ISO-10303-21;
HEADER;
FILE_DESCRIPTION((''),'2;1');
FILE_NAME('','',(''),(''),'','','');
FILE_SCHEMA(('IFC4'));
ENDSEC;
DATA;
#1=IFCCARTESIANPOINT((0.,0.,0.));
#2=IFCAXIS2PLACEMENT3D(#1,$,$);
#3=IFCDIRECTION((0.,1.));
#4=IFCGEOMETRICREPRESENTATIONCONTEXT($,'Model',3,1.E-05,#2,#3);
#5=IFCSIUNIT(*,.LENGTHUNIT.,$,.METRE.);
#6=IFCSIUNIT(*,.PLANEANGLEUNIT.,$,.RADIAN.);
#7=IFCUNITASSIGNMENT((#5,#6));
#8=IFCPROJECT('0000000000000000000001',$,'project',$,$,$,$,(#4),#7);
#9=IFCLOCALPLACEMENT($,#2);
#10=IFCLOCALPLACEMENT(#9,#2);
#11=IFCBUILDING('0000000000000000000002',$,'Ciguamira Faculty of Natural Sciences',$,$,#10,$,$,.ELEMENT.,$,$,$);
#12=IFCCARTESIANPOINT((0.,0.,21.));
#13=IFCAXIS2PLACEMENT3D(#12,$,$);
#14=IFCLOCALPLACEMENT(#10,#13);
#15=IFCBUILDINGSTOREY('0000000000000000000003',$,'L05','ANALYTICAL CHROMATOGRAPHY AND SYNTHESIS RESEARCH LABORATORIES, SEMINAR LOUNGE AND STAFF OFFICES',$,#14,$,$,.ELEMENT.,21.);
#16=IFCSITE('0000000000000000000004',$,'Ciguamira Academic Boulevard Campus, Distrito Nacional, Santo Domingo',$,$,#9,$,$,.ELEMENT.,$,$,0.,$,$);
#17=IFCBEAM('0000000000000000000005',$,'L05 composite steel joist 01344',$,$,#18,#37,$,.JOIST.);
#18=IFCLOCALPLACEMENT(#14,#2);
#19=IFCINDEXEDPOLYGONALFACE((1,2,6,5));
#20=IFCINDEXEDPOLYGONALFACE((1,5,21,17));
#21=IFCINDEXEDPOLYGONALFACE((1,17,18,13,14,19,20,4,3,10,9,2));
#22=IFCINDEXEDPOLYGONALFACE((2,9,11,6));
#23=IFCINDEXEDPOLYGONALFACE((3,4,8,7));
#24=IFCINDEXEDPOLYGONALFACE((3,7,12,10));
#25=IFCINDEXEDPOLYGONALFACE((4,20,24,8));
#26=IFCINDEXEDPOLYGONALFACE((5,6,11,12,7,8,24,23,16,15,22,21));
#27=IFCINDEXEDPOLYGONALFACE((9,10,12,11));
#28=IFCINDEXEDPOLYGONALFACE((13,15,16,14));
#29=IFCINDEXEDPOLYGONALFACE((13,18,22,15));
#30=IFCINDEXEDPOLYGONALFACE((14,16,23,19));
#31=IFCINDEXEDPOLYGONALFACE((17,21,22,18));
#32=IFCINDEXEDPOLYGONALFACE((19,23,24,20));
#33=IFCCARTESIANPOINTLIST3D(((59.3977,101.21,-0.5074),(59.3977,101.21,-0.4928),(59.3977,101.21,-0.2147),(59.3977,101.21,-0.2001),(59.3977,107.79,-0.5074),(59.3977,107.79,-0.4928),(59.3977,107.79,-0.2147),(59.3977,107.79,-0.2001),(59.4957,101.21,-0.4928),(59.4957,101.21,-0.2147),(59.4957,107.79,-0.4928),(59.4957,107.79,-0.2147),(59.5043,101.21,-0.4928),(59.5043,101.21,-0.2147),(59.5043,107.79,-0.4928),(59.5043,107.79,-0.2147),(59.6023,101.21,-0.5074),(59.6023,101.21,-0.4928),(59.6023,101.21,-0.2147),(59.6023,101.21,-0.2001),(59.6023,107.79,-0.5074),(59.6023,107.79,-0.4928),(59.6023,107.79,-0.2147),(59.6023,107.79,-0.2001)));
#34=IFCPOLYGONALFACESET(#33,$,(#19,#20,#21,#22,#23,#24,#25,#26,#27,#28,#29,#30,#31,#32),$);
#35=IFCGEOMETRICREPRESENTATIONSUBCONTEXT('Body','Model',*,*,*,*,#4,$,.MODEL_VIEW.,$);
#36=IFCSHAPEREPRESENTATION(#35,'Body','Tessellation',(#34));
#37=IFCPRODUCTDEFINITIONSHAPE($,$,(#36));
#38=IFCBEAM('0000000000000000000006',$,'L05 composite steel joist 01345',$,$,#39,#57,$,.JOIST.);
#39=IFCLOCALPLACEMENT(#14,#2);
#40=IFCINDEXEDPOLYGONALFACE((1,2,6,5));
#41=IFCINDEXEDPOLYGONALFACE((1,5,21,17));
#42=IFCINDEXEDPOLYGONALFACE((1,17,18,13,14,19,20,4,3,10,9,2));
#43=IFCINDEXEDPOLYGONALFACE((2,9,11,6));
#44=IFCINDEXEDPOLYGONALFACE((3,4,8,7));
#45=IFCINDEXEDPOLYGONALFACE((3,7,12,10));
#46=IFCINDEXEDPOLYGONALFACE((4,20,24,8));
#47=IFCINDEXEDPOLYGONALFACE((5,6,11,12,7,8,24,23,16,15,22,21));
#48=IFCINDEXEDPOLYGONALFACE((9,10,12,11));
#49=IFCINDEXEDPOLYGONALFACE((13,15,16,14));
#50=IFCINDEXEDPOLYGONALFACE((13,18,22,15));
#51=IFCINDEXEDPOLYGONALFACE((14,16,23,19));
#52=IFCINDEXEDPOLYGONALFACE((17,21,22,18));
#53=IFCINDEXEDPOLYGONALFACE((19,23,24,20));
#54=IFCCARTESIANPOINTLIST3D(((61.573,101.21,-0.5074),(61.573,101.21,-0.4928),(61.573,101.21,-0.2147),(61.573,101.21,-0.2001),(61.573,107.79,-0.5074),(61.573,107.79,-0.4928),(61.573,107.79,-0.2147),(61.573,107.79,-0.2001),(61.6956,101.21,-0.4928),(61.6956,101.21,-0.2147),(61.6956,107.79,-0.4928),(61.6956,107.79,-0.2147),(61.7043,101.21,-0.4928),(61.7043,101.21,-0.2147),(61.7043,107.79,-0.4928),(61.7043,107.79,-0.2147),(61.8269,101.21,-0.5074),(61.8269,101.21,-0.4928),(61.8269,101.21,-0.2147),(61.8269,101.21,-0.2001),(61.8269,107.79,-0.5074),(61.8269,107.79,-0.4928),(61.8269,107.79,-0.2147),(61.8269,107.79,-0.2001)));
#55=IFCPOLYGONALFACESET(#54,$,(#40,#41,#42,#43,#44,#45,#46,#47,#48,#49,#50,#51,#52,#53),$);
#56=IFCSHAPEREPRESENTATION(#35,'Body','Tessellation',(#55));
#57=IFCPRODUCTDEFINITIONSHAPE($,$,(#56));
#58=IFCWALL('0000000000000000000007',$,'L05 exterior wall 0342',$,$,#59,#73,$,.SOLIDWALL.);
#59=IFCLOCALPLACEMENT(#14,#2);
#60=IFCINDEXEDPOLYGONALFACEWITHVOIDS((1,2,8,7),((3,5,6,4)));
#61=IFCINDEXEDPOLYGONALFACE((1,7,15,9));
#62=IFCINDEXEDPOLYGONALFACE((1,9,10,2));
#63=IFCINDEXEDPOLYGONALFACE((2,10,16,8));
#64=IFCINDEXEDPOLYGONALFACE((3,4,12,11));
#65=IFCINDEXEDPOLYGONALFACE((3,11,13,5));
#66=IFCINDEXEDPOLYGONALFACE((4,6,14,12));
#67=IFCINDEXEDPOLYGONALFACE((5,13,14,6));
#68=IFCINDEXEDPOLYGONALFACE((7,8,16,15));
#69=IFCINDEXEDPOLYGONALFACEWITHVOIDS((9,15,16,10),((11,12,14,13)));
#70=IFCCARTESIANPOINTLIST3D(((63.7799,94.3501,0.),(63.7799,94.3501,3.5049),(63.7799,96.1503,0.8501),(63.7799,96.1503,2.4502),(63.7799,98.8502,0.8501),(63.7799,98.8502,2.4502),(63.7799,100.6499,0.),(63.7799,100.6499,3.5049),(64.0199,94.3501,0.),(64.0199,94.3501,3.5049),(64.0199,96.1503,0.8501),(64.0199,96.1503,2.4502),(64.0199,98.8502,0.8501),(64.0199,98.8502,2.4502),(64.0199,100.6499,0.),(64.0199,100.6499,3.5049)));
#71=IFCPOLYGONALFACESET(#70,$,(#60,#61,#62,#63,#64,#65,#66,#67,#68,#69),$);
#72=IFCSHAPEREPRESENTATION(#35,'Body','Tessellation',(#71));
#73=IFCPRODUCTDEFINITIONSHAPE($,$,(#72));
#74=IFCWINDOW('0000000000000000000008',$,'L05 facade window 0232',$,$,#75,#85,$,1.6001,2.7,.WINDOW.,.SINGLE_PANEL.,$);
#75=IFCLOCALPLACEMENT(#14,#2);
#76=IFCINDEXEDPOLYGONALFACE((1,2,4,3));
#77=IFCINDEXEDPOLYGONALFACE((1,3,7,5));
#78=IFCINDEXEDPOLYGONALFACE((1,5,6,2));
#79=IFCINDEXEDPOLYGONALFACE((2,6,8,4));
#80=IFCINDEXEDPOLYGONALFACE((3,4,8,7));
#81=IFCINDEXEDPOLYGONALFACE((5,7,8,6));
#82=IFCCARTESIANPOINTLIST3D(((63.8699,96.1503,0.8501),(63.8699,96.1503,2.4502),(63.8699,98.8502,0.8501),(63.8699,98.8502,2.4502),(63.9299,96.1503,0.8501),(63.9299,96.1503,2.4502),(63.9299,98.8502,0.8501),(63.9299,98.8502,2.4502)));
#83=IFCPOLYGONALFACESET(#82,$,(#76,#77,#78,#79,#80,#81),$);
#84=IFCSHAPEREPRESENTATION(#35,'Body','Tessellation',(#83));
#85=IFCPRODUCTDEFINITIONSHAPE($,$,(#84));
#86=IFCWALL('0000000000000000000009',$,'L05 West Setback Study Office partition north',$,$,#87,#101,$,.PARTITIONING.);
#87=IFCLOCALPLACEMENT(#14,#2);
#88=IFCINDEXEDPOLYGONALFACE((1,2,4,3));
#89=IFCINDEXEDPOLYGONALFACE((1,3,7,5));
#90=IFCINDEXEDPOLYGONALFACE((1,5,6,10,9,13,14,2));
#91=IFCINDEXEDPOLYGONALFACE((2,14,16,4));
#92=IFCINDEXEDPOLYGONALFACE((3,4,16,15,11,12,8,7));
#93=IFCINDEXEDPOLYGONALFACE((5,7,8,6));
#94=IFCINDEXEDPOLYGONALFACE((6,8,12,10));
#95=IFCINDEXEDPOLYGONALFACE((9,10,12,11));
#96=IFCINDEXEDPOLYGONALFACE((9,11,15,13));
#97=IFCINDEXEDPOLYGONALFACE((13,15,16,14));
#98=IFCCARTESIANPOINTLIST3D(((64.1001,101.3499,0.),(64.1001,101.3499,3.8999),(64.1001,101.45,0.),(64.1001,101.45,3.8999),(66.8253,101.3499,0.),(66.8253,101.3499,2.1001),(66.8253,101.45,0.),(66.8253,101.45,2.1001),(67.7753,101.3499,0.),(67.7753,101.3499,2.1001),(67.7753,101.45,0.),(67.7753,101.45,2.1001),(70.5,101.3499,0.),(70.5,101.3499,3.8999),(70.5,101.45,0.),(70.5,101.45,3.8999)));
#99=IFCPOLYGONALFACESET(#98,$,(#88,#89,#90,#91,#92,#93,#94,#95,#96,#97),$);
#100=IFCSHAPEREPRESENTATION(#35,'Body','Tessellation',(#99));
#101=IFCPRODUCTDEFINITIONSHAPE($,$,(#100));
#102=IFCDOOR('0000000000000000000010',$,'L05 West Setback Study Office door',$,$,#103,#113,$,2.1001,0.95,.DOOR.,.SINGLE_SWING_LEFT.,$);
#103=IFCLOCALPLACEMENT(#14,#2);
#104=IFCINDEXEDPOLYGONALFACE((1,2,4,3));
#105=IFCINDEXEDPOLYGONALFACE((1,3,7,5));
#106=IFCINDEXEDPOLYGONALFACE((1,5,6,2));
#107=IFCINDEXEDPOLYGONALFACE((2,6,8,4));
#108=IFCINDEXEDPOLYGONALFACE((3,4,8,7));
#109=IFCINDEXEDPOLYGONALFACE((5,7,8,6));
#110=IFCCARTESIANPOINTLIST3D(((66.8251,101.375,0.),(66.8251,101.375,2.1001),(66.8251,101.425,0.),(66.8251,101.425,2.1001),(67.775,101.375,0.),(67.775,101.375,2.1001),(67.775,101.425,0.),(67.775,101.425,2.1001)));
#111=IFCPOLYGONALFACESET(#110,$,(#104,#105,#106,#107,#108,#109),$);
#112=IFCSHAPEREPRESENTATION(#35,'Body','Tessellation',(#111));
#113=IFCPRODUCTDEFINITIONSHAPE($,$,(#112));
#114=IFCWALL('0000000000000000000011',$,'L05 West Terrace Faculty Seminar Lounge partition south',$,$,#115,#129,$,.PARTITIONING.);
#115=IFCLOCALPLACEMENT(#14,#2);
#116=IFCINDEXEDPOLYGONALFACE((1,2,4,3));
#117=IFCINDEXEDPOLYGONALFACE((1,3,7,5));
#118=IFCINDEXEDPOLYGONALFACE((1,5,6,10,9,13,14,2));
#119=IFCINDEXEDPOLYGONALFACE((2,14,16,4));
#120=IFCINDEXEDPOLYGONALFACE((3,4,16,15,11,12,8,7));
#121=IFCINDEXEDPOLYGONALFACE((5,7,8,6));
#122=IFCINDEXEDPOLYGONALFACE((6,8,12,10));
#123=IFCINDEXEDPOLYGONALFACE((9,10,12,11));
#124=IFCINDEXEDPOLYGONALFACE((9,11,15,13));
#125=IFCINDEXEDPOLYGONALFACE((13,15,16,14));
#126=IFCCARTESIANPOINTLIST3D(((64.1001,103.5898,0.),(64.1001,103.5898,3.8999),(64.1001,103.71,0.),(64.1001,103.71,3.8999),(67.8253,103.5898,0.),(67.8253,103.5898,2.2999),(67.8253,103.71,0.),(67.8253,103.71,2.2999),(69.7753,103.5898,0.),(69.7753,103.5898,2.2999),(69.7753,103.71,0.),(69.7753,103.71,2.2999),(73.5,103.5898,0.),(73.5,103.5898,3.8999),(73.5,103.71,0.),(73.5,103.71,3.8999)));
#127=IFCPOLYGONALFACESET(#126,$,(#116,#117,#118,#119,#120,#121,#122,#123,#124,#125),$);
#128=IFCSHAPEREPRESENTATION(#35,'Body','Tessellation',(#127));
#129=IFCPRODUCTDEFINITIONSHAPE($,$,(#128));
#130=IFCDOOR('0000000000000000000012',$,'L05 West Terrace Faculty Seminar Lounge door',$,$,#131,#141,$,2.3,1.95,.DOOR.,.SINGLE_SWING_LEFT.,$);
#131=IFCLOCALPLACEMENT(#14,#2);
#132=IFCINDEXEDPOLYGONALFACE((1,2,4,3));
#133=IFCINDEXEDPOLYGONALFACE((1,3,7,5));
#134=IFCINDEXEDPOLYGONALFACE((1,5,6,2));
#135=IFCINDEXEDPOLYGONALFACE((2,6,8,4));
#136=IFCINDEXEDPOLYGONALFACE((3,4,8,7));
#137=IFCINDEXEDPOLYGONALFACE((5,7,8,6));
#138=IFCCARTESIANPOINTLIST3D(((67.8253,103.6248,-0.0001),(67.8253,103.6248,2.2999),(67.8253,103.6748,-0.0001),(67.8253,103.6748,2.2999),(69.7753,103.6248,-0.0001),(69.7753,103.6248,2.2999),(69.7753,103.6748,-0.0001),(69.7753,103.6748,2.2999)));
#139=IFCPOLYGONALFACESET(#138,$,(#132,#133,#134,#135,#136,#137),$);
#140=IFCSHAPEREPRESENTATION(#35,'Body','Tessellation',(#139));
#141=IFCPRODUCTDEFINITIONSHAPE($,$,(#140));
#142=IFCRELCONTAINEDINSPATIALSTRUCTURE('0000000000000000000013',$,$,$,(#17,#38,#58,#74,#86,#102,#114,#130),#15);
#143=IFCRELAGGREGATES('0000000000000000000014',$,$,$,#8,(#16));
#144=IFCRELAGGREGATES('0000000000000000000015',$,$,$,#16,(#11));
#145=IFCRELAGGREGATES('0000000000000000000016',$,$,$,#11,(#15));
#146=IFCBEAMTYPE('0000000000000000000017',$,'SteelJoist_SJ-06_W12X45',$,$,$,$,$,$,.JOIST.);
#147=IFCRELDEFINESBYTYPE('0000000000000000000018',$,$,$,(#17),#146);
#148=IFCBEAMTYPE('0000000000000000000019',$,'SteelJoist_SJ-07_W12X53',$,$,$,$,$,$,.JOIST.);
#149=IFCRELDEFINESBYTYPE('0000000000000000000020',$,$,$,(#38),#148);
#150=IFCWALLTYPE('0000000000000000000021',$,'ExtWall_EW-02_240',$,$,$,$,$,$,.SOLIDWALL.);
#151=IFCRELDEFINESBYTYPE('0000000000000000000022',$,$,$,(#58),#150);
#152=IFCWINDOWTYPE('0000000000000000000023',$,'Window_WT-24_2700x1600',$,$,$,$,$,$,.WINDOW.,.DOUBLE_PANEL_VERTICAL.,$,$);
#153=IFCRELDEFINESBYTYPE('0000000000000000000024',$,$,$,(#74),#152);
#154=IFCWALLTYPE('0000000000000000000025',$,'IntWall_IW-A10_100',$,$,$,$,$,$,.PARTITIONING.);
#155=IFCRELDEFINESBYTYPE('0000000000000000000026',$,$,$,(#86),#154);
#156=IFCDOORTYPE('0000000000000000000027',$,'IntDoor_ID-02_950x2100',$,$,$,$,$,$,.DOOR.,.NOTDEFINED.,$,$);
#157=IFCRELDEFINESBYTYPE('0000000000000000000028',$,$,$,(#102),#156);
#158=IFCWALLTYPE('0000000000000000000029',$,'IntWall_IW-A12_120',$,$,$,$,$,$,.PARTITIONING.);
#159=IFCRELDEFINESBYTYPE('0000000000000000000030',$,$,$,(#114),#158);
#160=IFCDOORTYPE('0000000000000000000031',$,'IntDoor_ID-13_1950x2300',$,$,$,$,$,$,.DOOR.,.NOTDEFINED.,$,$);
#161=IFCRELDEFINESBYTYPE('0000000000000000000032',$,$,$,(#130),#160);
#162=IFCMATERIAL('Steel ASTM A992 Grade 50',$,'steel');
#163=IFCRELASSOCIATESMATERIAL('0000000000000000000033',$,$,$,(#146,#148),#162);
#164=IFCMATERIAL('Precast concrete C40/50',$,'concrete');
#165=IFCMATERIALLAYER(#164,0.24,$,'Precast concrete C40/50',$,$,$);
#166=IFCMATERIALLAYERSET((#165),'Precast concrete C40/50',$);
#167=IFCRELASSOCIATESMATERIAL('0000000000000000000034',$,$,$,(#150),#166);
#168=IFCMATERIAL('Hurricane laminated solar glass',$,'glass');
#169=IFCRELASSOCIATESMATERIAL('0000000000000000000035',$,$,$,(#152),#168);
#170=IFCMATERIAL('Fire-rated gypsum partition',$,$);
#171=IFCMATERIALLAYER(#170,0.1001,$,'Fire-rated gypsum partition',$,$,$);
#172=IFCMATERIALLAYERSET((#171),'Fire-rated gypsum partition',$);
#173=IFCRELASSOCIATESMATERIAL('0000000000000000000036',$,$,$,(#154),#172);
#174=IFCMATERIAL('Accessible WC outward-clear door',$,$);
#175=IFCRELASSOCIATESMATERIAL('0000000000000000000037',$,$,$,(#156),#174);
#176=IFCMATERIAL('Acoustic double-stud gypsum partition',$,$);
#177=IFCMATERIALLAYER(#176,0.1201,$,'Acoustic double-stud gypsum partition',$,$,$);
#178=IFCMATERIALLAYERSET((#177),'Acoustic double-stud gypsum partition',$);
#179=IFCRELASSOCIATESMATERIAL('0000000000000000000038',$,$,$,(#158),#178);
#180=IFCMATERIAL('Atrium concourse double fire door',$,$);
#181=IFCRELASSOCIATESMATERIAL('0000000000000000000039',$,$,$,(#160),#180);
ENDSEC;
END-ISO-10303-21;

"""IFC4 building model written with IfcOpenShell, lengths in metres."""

from ifc_helpers import new_model, si_unit, direction, frame, frame_2d, origin, origin_2d, place, context, subcontext, project, spatial, rectangle, i_section, extrude, material, layer, layer_set, material_profile, profile_set, type_object, element, fill, save


model = new_model("IFC4")

# Units and contexts
model_context = context("Model", 3, precision=1e-05, world=origin(), true_north=direction((0.0, 1.0)))
body_context = subcontext(model_context, "Body", "Model", "MODEL_VIEW")
ifc_project = project(units=[si_unit("LENGTHUNIT", "METRE"), si_unit("PLANEANGLEUNIT", "RADIAN")], contexts=[model_context])

# Site, building, storey
site_placement = place(None, origin())
site = spatial("IfcSite", under=ifc_project, at=site_placement, Name="Ciguamira Academic Boulevard Campus, Distrito Nacional, Santo Domingo", CompositionType="ELEMENT", RefElevation=0.0)
building_placement = place(site_placement, origin())
building = spatial("IfcBuilding", under=site, at=building_placement, Name="Ciguamira Faculty of Natural Sciences", CompositionType="ELEMENT")
storey_placement = place(building_placement, frame((0.0, 0.0, 21.0)))
storey = spatial("IfcBuildingStorey", under=building, at=storey_placement, Name="L05", Description="ANALYTICAL CHROMATOGRAPHY AND SYNTHESIS RESEARCH LABORATORIES, SEMINAR LOUNGE AND STAFF OFFICES", CompositionType="ELEMENT", Elevation=21.0)

# Beams
ifc_material_1 = material(Name="Precast concrete C40/50", Category="concrete")
ifc_material_2 = material(Name="Steel ASTM A992 Grade 50", Category="steel")
ifc_material_profile_1 = material_profile(ifc_material_2, i_section(OverallWidth=0.2046, OverallDepth=0.3074, WebThickness=0.0085, FlangeThickness=0.0146, at=origin_2d()), Name="W12X45")
ifc_profile_set_1 = profile_set([ifc_material_profile_1], Name="Steel ASTM A992 Grade 50")
beam_type_1 = type_object("IfcBeamType", Name="SteelJoist_SJ-06_W12X45", PredefinedType="JOIST", material=ifc_profile_set_1)
beam_1_placement = place(storey_placement, frame((59.5, 101.21, -0.3538), z_axis=(0.0, 1.0, 0.0), x_axis=(-1.0, 0.0, 0.0)))
element("IfcBeam", 1, at=beam_1_placement, inside=storey, type_object=beam_type_1, Name="L05 composite steel joist 01344", PredefinedType="JOIST", context=body_context, shape_type="SweptSolid", body=[
    extrude(i_section(OverallWidth=0.2046, OverallDepth=0.3074, WebThickness=0.0085, FlangeThickness=0.0146, at=origin_2d()), origin(), (0.0, 0.0, 1.0), 6.5801),
])
ifc_material_profile_2 = material_profile(ifc_material_2, i_section(OverallWidth=0.2539, OverallDepth=0.3074, WebThickness=0.0088, FlangeThickness=0.0146, at=origin_2d()), Name="W12X53")
ifc_profile_set_2 = profile_set([ifc_material_profile_2], Name="Steel ASTM A992 Grade 50")
beam_type_2 = type_object("IfcBeamType", Name="SteelJoist_SJ-07_W12X53", PredefinedType="JOIST", material=ifc_profile_set_2)
beam_2_placement = place(storey_placement, frame((61.7, 101.21, -0.3538), z_axis=(0.0, 1.0, 0.0), x_axis=(-1.0, 0.0, 0.0)))
element("IfcBeam", 2, at=beam_2_placement, inside=storey, type_object=beam_type_2, Name="L05 composite steel joist 01345", PredefinedType="JOIST", context=body_context, shape_type="SweptSolid", body=[
    extrude(i_section(OverallWidth=0.2539, OverallDepth=0.3074, WebThickness=0.0088, FlangeThickness=0.0146, at=origin_2d()), origin(), (0.0, 0.0, 1.0), 6.5801),
])

# Wall, opening, window
ifc_layer_1 = layer(ifc_material_1, 0.24, Name="Precast concrete C40/50")
ifc_layer_set_1 = layer_set([ifc_layer_1], Name="Precast concrete C40/50")
wall_type_1 = type_object("IfcWallType", Name="ExtWall_EW-02_240", PredefinedType="SOLIDWALL", material=ifc_layer_set_1)
wall_1_placement = place(storey_placement, frame((63.8999, 94.3501, 0.0), z_axis=(0.0, 0.0, 1.0), x_axis=(0.0, 1.0, 0.0)))
wall_1 = element("IfcWall", 3, at=wall_1_placement, inside=storey, type_object=wall_type_1, Name="L05 exterior wall 0342", PredefinedType="SOLIDWALL", context=body_context, shape_type="SweptSolid", body=[
    extrude(rectangle(XDim=6.2998, YDim=0.24, at=frame_2d((3.1499, 0.0))), origin(), (0.0, 0.0, 1.0), 3.5049),
])
opening_1_placement = place(wall_1_placement, frame((1.8, 0.0, 0.8501)))
opening_1 = element("IfcOpeningElement", 4, at=opening_1_placement, cuts=wall_1, PredefinedType="OPENING", context=body_context, shape_type="SweptSolid", body=[
    extrude(rectangle(XDim=2.7, YDim=1.6001, at=frame_2d((1.3501, 0.8))), frame((0.0, 0.1299, 0.0), z_axis=(0.0, -1.0, 0.0), x_axis=(1.0, 0.0, 0.0)), (0.0, 0.0, 1.0), 0.26),
])
ifc_material_3 = material(Name="Hurricane laminated solar glass", Category="glass")
window_type = type_object("IfcWindowType", Name="Window_WT-24_2700x1600", PartitioningType="DOUBLE_PANEL_VERTICAL", PredefinedType="WINDOW", material=ifc_material_3)
window_placement = place(opening_1_placement, origin())
window = element("IfcWindow", 5, at=window_placement, inside=storey, type_object=window_type, Name="L05 facade window 0232", OverallHeight=1.6001, OverallWidth=2.7, PartitioningType="SINGLE_PANEL", PredefinedType="WINDOW", context=body_context, shape_type="SweptSolid", body=[
    extrude(rectangle(XDim=2.7, YDim=1.6001, at=frame_2d((1.3501, 0.8))), frame((0.0, 0.03, 0.0), z_axis=(0.0, -1.0, 0.0), x_axis=(1.0, 0.0, 0.0)), (0.0, 0.0, 1.0), 0.0601),
])
fill(opening_1, window)

# Walls, openings, doors
ifc_material_4 = material(Name="Fire-rated gypsum partition")
ifc_layer_2 = layer(ifc_material_4, 0.1001, Name="Fire-rated gypsum partition")
ifc_layer_set_2 = layer_set([ifc_layer_2], Name="Fire-rated gypsum partition")
wall_type_2 = type_object("IfcWallType", Name="IntWall_IW-A10_100", PredefinedType="PARTITIONING", material=ifc_layer_set_2)
wall_2_placement = place(storey_placement, frame((64.1001, 101.3999, 0.0), z_axis=(0.0, 0.0, 1.0), x_axis=(1.0, 0.0, 0.0)))
wall_2 = element("IfcWall", 6, at=wall_2_placement, inside=storey, type_object=wall_type_2, Name="L05 West Setback Study Office partition north", PredefinedType="PARTITIONING", context=body_context, shape_type="SweptSolid", body=[
    extrude(rectangle(XDim=6.3999, YDim=0.1001, at=frame_2d((3.2, 0.0))), origin(), (0.0, 0.0, 1.0), 3.8999),
])
opening_2_placement = place(wall_2_placement, frame((2.7251, 0.0, 0.0)))
opening_2 = element("IfcOpeningElement", 7, at=opening_2_placement, cuts=wall_2, PredefinedType="OPENING", context=body_context, shape_type="SweptSolid", body=[
    extrude(rectangle(XDim=0.95, YDim=2.1001, at=frame_2d((0.4751, 1.05))), frame((0.0, 0.0601, 0.0), z_axis=(0.0, -1.0, 0.0), x_axis=(1.0, 0.0, 0.0)), (0.0, 0.0, 1.0), 0.1201),
])
ifc_material_5 = material(Name="Accessible WC outward-clear door")
door_type_1 = type_object("IfcDoorType", Name="IntDoor_ID-02_950x2100", OperationType="NOTDEFINED", PredefinedType="DOOR", material=ifc_material_5)
door_1_placement = place(opening_2_placement, frame((0.95, 0.0, 0.0), z_axis=(0.0, 0.0, 1.0), x_axis=(-1.0, 0.0, 0.0)))
door_1 = element("IfcDoor", 8, at=door_1_placement, inside=storey, type_object=door_type_1, Name="L05 West Setback Study Office door", OperationType="SINGLE_SWING_LEFT", OverallHeight=2.1001, OverallWidth=0.95, PredefinedType="DOOR", context=body_context, shape_type="SweptSolid", body=[
    extrude(rectangle(XDim=0.95, YDim=2.1001, at=frame_2d((0.4751, 1.05))), frame((0.0, 0.0249, 0.0), z_axis=(0.0, -1.0, 0.0), x_axis=(1.0, 0.0, 0.0)), (0.0, 0.0, 1.0), 0.05),
])
fill(opening_2, door_1)
ifc_material_6 = material(Name="Acoustic double-stud gypsum partition")
ifc_layer_3 = layer(ifc_material_6, 0.1201, Name="Acoustic double-stud gypsum partition")
ifc_layer_set_3 = layer_set([ifc_layer_3], Name="Acoustic double-stud gypsum partition")
wall_type_3 = type_object("IfcWallType", Name="IntWall_IW-A12_120", PredefinedType="PARTITIONING", material=ifc_layer_set_3)
wall_3_placement = place(storey_placement, frame((64.1001, 103.6499, 0.0), z_axis=(0.0, 0.0, 1.0), x_axis=(1.0, 0.0, 0.0)))
wall_3 = element("IfcWall", 9, at=wall_3_placement, inside=storey, type_object=wall_type_3, Name="L05 West Terrace Faculty Seminar Lounge partition south", PredefinedType="PARTITIONING", context=body_context, shape_type="SweptSolid", body=[
    extrude(rectangle(XDim=9.3999, YDim=0.1201, at=frame_2d((4.7, 0.0))), origin(), (0.0, 0.0, 1.0), 3.8999),
])
opening_3_placement = place(wall_3_placement, frame((3.7251, 0.0, 0.0)))
opening_3 = element("IfcOpeningElement", 10, at=opening_3_placement, cuts=wall_3, PredefinedType="OPENING", context=body_context, shape_type="SweptSolid", body=[
    extrude(rectangle(XDim=1.95, YDim=2.3, at=frame_2d((0.9751, 1.1499))), frame((0.0, 0.0701, 0.0), z_axis=(0.0, -1.0, 0.0), x_axis=(1.0, 0.0, 0.0)), (0.0, 0.0, 1.0), 0.1401),
])
ifc_material_7 = material(Name="Atrium concourse double fire door")
door_type_2 = type_object("IfcDoorType", Name="IntDoor_ID-13_1950x2300", OperationType="NOTDEFINED", PredefinedType="DOOR", material=ifc_material_7)
door_2_placement = place(opening_3_placement, origin())
door_2 = element("IfcDoor", 11, at=door_2_placement, inside=storey, type_object=door_type_2, Name="L05 West Terrace Faculty Seminar Lounge door", OperationType="SINGLE_SWING_LEFT", OverallHeight=2.3, OverallWidth=1.95, PredefinedType="DOOR", context=body_context, shape_type="SweptSolid", body=[
    extrude(rectangle(XDim=1.95, YDim=2.3, at=frame_2d((0.9751, 1.1499))), frame((0.0, 0.0249, 0.0), z_axis=(0.0, -1.0, 0.0), x_axis=(1.0, 0.0, 0.0)), (0.0, 0.0, 1.0), 0.05),
])
fill(opening_3, door_2)

save(model, "model.ifc")
